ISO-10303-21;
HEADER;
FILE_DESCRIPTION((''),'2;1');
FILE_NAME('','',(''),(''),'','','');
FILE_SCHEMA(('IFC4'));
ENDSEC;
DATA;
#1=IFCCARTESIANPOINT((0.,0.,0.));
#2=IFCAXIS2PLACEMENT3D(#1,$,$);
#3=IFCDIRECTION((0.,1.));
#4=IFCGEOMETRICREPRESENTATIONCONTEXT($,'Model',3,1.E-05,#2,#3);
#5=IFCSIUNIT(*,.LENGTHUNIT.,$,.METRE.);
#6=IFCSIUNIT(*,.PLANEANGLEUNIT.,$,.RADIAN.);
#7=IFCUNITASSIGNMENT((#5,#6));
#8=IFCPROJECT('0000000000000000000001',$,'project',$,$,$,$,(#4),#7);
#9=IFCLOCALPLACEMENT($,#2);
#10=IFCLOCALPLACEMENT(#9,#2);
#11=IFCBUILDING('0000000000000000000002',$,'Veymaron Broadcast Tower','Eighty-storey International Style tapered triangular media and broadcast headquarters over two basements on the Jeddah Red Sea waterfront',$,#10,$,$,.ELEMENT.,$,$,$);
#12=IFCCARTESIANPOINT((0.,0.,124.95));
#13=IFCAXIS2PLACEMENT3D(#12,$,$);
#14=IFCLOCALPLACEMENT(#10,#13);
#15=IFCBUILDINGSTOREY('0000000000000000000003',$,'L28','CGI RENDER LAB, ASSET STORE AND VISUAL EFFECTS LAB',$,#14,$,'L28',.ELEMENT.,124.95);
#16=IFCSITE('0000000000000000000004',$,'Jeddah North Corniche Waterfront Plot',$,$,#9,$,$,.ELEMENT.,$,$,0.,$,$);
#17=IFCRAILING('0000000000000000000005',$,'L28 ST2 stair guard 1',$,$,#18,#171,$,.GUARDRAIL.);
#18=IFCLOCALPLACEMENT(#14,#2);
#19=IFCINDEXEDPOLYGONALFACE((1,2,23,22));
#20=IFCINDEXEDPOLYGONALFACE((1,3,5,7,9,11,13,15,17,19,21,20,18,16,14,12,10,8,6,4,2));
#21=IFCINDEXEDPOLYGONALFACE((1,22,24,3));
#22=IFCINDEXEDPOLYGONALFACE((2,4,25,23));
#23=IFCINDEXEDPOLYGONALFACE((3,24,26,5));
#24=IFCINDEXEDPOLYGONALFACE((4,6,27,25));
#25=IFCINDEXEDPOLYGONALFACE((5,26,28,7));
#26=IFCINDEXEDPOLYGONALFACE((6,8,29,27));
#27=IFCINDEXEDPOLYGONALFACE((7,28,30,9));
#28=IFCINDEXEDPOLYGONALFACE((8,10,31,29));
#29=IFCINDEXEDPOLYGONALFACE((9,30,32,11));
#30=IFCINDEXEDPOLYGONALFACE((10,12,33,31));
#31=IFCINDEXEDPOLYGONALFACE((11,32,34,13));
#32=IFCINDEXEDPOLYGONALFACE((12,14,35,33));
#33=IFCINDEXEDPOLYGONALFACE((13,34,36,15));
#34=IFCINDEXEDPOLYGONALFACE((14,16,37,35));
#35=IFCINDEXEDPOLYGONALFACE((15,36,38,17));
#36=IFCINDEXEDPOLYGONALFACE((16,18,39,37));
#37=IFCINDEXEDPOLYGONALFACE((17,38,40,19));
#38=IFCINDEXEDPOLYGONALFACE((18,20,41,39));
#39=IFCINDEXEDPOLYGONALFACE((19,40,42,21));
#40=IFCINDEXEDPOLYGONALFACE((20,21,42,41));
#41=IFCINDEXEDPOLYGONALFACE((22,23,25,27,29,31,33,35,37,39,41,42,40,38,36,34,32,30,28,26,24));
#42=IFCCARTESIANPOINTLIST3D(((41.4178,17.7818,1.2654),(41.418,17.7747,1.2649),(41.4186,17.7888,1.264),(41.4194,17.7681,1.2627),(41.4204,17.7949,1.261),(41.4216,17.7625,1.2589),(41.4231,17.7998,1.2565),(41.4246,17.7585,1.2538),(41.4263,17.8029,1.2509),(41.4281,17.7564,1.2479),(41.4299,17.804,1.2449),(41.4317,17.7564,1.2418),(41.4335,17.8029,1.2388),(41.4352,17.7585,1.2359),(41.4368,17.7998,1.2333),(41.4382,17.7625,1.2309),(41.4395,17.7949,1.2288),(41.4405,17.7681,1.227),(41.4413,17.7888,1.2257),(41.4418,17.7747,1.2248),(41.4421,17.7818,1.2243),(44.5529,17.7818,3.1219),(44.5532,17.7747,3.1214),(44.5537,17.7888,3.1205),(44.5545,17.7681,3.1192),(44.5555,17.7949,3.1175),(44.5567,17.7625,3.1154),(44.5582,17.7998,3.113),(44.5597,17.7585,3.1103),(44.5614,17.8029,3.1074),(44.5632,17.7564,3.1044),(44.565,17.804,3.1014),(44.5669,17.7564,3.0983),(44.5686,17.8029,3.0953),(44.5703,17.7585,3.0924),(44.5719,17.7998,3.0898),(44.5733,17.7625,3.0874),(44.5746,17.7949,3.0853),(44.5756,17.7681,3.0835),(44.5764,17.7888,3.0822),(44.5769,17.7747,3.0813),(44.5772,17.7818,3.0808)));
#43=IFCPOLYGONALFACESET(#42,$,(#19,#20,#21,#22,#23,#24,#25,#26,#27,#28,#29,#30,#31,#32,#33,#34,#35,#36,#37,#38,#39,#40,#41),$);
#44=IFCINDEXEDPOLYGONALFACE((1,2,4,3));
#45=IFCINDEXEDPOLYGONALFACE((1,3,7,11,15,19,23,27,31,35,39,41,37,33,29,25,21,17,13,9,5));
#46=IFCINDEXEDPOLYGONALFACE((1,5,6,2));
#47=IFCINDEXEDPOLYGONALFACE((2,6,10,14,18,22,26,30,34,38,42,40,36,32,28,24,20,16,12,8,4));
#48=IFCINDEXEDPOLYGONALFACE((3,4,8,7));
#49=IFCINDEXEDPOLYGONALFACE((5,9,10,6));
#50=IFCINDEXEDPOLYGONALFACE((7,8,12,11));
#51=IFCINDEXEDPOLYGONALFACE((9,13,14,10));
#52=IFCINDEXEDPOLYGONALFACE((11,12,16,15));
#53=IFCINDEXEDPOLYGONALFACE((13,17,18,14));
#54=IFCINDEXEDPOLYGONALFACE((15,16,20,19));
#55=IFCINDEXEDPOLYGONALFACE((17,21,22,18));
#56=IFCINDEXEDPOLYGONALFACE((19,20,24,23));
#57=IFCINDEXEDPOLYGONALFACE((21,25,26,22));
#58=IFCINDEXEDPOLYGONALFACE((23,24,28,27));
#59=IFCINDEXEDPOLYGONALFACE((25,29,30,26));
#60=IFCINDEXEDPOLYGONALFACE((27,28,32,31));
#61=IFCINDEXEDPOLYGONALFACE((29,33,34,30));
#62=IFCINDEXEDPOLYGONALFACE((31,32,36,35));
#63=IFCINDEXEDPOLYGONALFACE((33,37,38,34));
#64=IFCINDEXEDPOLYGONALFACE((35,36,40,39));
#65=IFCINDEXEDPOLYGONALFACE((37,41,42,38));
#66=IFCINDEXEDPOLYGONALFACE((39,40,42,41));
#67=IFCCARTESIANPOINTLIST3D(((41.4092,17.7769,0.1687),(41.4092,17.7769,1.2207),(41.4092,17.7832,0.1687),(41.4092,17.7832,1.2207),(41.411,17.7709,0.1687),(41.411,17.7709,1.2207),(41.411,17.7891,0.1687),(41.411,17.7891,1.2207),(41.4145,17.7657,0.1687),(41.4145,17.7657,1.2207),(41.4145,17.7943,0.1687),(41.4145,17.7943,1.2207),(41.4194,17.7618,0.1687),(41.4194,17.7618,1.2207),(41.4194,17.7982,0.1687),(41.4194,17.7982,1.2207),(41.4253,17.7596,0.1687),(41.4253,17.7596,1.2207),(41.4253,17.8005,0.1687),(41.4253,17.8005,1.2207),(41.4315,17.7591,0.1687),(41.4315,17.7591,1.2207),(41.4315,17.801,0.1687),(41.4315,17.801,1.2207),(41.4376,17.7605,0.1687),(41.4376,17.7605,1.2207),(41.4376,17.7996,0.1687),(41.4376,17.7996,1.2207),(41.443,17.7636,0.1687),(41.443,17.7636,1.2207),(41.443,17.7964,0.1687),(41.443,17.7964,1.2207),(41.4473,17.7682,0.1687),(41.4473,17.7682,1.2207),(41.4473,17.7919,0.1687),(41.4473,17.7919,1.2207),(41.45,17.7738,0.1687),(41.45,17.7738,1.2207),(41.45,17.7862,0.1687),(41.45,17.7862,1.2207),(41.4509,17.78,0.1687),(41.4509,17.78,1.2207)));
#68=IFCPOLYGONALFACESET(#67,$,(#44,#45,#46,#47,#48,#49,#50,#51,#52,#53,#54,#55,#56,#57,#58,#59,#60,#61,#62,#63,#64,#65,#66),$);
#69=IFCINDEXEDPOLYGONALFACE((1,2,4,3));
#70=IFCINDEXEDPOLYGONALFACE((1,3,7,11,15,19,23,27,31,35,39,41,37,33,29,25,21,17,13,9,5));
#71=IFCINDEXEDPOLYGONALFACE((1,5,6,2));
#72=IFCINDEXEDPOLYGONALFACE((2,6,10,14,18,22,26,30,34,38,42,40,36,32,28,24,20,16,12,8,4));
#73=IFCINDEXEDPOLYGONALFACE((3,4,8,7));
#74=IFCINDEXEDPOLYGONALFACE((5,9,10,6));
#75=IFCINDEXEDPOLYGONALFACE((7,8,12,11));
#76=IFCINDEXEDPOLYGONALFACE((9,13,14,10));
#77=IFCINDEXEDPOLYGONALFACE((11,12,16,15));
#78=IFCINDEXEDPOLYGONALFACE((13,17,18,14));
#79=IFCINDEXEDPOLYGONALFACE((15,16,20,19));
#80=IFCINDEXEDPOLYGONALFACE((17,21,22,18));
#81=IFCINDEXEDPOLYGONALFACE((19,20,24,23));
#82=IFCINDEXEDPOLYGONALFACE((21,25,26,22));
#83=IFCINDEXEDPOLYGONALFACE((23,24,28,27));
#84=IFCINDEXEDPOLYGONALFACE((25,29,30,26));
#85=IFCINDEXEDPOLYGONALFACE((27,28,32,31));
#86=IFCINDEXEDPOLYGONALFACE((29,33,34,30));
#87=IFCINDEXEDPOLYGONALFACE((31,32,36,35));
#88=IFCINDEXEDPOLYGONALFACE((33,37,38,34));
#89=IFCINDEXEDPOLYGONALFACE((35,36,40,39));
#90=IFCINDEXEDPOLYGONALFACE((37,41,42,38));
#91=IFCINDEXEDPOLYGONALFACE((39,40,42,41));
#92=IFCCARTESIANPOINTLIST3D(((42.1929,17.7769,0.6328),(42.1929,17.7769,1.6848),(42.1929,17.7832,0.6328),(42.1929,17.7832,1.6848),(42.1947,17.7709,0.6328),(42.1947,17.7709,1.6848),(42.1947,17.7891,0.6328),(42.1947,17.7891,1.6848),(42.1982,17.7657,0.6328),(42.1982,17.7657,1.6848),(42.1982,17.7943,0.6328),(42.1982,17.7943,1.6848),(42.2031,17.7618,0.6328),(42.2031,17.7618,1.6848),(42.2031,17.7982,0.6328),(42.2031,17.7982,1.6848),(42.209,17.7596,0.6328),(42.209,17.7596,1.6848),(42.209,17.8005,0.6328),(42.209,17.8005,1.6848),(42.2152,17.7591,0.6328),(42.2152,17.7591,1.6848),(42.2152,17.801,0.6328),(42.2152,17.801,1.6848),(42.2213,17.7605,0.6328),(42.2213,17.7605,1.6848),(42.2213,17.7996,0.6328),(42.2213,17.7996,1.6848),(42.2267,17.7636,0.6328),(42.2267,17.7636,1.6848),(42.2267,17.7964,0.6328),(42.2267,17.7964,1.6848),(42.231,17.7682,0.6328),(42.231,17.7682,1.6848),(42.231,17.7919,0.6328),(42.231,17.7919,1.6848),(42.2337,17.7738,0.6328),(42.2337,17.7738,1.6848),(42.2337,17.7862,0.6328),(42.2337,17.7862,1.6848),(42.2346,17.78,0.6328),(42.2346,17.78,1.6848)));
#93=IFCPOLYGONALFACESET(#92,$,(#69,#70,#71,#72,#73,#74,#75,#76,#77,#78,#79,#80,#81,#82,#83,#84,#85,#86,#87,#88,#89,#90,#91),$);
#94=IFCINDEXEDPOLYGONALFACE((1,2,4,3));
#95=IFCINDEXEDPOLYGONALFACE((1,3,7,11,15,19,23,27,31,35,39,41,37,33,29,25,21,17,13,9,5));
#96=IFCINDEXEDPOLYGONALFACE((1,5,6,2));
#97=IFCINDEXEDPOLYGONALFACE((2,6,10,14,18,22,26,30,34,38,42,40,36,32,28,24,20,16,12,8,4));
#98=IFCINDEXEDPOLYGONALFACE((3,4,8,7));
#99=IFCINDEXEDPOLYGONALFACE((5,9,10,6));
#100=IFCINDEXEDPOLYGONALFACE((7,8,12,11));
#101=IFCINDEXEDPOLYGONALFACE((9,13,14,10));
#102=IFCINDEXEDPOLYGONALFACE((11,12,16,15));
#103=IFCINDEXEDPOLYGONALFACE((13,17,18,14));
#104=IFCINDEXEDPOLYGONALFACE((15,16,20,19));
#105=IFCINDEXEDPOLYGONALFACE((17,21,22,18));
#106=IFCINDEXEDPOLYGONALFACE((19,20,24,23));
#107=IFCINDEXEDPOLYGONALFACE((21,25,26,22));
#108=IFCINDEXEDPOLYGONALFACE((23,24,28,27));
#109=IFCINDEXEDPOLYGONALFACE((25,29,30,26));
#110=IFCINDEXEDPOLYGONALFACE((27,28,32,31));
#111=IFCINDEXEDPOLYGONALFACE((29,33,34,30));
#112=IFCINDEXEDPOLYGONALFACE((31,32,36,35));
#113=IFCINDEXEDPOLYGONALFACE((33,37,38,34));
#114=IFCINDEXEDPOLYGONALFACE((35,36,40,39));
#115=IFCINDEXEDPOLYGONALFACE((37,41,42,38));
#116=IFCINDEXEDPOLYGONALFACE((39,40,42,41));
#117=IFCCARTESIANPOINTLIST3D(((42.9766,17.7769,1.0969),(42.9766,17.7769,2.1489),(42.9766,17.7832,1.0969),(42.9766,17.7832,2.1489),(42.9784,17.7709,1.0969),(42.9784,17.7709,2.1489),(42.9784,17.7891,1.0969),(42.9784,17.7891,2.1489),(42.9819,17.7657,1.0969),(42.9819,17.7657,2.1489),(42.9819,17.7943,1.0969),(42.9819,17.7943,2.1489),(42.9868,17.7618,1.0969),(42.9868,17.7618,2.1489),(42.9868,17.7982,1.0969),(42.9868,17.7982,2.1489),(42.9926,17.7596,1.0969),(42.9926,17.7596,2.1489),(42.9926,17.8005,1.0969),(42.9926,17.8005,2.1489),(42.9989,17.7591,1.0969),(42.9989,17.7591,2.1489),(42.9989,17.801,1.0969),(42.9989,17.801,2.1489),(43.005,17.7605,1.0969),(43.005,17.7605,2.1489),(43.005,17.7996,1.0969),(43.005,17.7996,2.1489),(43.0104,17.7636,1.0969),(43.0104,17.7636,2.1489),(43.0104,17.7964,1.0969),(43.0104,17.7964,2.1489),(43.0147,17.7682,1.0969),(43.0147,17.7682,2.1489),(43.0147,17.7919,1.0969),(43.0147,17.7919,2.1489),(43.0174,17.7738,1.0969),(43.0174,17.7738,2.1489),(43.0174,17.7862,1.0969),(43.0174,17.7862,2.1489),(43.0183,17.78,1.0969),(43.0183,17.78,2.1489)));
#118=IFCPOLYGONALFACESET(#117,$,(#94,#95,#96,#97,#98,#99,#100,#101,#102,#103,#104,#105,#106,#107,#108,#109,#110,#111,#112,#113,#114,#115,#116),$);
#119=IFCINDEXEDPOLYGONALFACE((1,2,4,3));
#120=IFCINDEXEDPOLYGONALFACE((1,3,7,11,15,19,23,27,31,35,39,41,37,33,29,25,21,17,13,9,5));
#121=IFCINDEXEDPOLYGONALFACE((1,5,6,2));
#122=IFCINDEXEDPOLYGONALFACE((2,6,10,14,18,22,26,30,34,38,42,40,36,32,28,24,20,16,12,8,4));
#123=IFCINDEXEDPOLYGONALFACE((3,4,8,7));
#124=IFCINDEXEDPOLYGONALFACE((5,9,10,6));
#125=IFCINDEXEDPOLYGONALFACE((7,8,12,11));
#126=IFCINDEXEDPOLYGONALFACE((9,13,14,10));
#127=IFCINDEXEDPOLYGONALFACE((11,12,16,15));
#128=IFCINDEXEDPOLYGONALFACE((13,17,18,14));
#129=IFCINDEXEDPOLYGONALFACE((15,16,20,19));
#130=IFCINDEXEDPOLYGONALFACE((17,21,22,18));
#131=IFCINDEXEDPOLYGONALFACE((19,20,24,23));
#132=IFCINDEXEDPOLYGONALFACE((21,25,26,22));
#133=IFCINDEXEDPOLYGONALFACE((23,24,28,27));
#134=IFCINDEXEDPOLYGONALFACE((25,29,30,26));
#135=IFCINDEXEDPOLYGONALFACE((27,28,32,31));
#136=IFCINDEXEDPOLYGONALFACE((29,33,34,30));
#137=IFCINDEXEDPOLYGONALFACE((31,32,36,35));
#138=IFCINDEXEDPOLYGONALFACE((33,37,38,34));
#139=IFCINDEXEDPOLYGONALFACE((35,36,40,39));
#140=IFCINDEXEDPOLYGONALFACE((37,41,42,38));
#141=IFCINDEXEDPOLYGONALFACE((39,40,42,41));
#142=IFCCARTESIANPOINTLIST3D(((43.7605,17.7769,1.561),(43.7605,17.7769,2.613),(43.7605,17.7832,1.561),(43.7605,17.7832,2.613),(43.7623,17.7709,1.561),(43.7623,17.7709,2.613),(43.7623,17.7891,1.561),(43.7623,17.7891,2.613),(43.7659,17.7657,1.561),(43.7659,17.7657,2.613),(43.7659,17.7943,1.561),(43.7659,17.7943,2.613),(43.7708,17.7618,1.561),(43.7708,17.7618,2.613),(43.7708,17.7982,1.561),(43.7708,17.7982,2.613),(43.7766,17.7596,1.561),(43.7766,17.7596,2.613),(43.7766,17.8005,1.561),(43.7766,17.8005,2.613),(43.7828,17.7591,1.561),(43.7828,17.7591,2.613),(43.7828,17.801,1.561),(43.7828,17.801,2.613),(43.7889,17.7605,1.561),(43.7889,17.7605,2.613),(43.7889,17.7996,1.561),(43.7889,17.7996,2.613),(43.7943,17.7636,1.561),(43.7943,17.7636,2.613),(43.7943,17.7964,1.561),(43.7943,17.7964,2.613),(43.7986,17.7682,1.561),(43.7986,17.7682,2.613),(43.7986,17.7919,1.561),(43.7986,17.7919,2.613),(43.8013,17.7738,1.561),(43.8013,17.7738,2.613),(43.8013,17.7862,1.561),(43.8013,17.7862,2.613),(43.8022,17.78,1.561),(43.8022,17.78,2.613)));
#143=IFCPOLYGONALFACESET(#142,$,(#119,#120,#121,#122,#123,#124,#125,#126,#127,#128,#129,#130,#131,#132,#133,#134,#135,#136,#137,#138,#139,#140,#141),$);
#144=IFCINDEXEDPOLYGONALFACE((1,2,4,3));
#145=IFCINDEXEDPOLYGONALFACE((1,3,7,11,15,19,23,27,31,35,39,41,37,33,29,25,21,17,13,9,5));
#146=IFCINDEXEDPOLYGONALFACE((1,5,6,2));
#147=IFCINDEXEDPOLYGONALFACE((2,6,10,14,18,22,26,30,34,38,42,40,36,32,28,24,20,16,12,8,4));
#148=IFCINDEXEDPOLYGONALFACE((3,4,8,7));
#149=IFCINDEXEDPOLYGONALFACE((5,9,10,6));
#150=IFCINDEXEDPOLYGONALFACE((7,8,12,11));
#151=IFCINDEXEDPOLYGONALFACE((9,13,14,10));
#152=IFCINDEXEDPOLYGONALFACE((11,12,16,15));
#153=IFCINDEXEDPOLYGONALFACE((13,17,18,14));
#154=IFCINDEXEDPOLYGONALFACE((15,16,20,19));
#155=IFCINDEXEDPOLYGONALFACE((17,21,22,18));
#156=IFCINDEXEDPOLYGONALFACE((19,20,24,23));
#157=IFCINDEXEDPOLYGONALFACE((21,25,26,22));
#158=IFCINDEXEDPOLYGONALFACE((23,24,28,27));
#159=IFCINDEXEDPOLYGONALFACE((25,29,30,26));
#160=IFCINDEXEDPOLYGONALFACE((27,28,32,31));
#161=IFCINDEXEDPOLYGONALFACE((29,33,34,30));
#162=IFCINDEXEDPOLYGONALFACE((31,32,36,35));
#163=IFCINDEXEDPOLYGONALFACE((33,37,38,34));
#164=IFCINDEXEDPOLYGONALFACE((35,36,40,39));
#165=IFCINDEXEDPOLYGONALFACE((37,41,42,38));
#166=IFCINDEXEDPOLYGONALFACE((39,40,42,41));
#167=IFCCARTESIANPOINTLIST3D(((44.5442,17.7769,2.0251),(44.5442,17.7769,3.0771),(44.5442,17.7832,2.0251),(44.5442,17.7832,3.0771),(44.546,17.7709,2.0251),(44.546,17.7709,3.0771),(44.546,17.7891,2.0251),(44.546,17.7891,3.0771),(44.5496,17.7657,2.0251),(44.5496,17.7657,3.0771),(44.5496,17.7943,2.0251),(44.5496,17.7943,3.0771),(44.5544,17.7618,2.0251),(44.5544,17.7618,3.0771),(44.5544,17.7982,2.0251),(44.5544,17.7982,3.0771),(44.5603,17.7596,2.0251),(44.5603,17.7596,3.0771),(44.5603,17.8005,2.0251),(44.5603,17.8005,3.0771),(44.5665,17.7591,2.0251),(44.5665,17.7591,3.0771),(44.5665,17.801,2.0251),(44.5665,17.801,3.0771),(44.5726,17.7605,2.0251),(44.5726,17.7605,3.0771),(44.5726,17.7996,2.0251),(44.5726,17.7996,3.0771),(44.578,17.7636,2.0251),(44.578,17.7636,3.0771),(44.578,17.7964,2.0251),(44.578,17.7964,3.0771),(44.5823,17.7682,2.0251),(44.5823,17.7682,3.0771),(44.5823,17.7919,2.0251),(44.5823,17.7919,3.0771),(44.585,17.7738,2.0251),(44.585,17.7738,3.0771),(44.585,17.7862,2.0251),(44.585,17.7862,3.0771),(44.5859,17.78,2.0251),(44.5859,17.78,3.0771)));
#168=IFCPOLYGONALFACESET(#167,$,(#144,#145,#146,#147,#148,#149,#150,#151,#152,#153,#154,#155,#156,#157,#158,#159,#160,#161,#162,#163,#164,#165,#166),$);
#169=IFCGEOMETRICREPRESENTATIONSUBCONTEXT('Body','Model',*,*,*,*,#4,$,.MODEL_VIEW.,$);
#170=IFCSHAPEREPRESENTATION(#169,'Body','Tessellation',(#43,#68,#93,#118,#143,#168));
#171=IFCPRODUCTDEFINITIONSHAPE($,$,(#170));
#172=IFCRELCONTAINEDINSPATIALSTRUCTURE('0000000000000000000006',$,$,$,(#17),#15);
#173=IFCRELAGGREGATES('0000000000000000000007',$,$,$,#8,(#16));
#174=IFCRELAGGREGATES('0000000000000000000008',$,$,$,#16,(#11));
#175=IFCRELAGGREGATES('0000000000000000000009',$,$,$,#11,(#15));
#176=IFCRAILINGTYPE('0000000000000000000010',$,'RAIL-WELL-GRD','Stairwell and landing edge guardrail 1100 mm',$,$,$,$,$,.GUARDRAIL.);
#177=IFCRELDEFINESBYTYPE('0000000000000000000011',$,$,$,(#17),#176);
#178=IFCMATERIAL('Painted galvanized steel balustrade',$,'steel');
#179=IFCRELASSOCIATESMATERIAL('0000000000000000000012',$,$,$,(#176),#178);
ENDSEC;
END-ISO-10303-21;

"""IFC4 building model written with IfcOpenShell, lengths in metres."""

from ifc_helpers import new_model, si_unit, direction, frame, origin, origin_2d, place, context, subcontext, project, spatial, circle, extrude, material, type_object, element, save


model = new_model("IFC4")

# Units and contexts
model_context = context("Model", 3, precision=1e-05, world=origin(), true_north=direction((0.0, 1.0)))
body_context = subcontext(model_context, "Body", "Model", "MODEL_VIEW")
ifc_project = project(units=[si_unit("LENGTHUNIT", "METRE"), si_unit("PLANEANGLEUNIT", "RADIAN")], contexts=[model_context])

# Site, building, storey
site_placement = place(None, origin())
site = spatial("IfcSite", under=ifc_project, at=site_placement, Name="Jeddah North Corniche Waterfront Plot", CompositionType="ELEMENT", RefElevation=0.0)
building_placement = place(site_placement, origin())
building = spatial("IfcBuilding", under=site, at=building_placement, Name="Veymaron Broadcast Tower", Description="Eighty-storey International Style tapered triangular media and broadcast headquarters over two basements on the Jeddah Red Sea waterfront", CompositionType="ELEMENT")
storey_placement = place(building_placement, frame((0.0, 0.0, 124.95)))
storey = spatial("IfcBuildingStorey", under=building, at=storey_placement, Name="L28", Description="CGI RENDER LAB, ASSET STORE AND VISUAL EFFECTS LAB", LongName="L28", CompositionType="ELEMENT", Elevation=124.95)

# Railing
ifc_material_1 = material(Name="Painted galvanized steel balustrade", Category="steel")
railing_type_1 = type_object("IfcRailingType", Name="RAIL-WELL-GRD", Description="Stairwell and landing edge guardrail 1100 mm", PredefinedType="GUARDRAIL", material=ifc_material_1)
railing_1_placement = place(storey_placement, frame((41.4299, 17.78, 0.1687)))
element("IfcRailing", 1, at=railing_1_placement, inside=storey, type_object=railing_type_1, Name="L28 ST2 stair guard 1", PredefinedType="GUARDRAIL", context=body_context, shape_type="SweptSolid", body=[
    extrude(circle(Radius=0.0239, at=origin_2d()), frame((0.0, 0.0, 1.0762), z_axis=(0.860453, 0.0, 0.509531), x_axis=(0.0, 1.0, 0.0)), (0.0, 0.0, 1.0), 3.6436),
    extrude(circle(Radius=0.021, at=origin_2d()), origin(), (0.0, 0.0, 1.0), 1.052),
    extrude(circle(Radius=0.021, at=origin_2d()), frame((0.7837, 0.0, 0.4641)), (0.0, 0.0, 1.0), 1.052),
    extrude(circle(Radius=0.021, at=origin_2d()), frame((1.5674, 0.0, 0.9282)), (0.0, 0.0, 1.0), 1.052),
    extrude(circle(Radius=0.021, at=origin_2d()), frame((2.3513, 0.0, 1.3923)), (0.0, 0.0, 1.0), 1.052),
    extrude(circle(Radius=0.021, at=origin_2d()), frame((3.135, 0.0, 1.8564)), (0.0, 0.0, 1.0), 1.052),
])

save(model, "model.ifc")
